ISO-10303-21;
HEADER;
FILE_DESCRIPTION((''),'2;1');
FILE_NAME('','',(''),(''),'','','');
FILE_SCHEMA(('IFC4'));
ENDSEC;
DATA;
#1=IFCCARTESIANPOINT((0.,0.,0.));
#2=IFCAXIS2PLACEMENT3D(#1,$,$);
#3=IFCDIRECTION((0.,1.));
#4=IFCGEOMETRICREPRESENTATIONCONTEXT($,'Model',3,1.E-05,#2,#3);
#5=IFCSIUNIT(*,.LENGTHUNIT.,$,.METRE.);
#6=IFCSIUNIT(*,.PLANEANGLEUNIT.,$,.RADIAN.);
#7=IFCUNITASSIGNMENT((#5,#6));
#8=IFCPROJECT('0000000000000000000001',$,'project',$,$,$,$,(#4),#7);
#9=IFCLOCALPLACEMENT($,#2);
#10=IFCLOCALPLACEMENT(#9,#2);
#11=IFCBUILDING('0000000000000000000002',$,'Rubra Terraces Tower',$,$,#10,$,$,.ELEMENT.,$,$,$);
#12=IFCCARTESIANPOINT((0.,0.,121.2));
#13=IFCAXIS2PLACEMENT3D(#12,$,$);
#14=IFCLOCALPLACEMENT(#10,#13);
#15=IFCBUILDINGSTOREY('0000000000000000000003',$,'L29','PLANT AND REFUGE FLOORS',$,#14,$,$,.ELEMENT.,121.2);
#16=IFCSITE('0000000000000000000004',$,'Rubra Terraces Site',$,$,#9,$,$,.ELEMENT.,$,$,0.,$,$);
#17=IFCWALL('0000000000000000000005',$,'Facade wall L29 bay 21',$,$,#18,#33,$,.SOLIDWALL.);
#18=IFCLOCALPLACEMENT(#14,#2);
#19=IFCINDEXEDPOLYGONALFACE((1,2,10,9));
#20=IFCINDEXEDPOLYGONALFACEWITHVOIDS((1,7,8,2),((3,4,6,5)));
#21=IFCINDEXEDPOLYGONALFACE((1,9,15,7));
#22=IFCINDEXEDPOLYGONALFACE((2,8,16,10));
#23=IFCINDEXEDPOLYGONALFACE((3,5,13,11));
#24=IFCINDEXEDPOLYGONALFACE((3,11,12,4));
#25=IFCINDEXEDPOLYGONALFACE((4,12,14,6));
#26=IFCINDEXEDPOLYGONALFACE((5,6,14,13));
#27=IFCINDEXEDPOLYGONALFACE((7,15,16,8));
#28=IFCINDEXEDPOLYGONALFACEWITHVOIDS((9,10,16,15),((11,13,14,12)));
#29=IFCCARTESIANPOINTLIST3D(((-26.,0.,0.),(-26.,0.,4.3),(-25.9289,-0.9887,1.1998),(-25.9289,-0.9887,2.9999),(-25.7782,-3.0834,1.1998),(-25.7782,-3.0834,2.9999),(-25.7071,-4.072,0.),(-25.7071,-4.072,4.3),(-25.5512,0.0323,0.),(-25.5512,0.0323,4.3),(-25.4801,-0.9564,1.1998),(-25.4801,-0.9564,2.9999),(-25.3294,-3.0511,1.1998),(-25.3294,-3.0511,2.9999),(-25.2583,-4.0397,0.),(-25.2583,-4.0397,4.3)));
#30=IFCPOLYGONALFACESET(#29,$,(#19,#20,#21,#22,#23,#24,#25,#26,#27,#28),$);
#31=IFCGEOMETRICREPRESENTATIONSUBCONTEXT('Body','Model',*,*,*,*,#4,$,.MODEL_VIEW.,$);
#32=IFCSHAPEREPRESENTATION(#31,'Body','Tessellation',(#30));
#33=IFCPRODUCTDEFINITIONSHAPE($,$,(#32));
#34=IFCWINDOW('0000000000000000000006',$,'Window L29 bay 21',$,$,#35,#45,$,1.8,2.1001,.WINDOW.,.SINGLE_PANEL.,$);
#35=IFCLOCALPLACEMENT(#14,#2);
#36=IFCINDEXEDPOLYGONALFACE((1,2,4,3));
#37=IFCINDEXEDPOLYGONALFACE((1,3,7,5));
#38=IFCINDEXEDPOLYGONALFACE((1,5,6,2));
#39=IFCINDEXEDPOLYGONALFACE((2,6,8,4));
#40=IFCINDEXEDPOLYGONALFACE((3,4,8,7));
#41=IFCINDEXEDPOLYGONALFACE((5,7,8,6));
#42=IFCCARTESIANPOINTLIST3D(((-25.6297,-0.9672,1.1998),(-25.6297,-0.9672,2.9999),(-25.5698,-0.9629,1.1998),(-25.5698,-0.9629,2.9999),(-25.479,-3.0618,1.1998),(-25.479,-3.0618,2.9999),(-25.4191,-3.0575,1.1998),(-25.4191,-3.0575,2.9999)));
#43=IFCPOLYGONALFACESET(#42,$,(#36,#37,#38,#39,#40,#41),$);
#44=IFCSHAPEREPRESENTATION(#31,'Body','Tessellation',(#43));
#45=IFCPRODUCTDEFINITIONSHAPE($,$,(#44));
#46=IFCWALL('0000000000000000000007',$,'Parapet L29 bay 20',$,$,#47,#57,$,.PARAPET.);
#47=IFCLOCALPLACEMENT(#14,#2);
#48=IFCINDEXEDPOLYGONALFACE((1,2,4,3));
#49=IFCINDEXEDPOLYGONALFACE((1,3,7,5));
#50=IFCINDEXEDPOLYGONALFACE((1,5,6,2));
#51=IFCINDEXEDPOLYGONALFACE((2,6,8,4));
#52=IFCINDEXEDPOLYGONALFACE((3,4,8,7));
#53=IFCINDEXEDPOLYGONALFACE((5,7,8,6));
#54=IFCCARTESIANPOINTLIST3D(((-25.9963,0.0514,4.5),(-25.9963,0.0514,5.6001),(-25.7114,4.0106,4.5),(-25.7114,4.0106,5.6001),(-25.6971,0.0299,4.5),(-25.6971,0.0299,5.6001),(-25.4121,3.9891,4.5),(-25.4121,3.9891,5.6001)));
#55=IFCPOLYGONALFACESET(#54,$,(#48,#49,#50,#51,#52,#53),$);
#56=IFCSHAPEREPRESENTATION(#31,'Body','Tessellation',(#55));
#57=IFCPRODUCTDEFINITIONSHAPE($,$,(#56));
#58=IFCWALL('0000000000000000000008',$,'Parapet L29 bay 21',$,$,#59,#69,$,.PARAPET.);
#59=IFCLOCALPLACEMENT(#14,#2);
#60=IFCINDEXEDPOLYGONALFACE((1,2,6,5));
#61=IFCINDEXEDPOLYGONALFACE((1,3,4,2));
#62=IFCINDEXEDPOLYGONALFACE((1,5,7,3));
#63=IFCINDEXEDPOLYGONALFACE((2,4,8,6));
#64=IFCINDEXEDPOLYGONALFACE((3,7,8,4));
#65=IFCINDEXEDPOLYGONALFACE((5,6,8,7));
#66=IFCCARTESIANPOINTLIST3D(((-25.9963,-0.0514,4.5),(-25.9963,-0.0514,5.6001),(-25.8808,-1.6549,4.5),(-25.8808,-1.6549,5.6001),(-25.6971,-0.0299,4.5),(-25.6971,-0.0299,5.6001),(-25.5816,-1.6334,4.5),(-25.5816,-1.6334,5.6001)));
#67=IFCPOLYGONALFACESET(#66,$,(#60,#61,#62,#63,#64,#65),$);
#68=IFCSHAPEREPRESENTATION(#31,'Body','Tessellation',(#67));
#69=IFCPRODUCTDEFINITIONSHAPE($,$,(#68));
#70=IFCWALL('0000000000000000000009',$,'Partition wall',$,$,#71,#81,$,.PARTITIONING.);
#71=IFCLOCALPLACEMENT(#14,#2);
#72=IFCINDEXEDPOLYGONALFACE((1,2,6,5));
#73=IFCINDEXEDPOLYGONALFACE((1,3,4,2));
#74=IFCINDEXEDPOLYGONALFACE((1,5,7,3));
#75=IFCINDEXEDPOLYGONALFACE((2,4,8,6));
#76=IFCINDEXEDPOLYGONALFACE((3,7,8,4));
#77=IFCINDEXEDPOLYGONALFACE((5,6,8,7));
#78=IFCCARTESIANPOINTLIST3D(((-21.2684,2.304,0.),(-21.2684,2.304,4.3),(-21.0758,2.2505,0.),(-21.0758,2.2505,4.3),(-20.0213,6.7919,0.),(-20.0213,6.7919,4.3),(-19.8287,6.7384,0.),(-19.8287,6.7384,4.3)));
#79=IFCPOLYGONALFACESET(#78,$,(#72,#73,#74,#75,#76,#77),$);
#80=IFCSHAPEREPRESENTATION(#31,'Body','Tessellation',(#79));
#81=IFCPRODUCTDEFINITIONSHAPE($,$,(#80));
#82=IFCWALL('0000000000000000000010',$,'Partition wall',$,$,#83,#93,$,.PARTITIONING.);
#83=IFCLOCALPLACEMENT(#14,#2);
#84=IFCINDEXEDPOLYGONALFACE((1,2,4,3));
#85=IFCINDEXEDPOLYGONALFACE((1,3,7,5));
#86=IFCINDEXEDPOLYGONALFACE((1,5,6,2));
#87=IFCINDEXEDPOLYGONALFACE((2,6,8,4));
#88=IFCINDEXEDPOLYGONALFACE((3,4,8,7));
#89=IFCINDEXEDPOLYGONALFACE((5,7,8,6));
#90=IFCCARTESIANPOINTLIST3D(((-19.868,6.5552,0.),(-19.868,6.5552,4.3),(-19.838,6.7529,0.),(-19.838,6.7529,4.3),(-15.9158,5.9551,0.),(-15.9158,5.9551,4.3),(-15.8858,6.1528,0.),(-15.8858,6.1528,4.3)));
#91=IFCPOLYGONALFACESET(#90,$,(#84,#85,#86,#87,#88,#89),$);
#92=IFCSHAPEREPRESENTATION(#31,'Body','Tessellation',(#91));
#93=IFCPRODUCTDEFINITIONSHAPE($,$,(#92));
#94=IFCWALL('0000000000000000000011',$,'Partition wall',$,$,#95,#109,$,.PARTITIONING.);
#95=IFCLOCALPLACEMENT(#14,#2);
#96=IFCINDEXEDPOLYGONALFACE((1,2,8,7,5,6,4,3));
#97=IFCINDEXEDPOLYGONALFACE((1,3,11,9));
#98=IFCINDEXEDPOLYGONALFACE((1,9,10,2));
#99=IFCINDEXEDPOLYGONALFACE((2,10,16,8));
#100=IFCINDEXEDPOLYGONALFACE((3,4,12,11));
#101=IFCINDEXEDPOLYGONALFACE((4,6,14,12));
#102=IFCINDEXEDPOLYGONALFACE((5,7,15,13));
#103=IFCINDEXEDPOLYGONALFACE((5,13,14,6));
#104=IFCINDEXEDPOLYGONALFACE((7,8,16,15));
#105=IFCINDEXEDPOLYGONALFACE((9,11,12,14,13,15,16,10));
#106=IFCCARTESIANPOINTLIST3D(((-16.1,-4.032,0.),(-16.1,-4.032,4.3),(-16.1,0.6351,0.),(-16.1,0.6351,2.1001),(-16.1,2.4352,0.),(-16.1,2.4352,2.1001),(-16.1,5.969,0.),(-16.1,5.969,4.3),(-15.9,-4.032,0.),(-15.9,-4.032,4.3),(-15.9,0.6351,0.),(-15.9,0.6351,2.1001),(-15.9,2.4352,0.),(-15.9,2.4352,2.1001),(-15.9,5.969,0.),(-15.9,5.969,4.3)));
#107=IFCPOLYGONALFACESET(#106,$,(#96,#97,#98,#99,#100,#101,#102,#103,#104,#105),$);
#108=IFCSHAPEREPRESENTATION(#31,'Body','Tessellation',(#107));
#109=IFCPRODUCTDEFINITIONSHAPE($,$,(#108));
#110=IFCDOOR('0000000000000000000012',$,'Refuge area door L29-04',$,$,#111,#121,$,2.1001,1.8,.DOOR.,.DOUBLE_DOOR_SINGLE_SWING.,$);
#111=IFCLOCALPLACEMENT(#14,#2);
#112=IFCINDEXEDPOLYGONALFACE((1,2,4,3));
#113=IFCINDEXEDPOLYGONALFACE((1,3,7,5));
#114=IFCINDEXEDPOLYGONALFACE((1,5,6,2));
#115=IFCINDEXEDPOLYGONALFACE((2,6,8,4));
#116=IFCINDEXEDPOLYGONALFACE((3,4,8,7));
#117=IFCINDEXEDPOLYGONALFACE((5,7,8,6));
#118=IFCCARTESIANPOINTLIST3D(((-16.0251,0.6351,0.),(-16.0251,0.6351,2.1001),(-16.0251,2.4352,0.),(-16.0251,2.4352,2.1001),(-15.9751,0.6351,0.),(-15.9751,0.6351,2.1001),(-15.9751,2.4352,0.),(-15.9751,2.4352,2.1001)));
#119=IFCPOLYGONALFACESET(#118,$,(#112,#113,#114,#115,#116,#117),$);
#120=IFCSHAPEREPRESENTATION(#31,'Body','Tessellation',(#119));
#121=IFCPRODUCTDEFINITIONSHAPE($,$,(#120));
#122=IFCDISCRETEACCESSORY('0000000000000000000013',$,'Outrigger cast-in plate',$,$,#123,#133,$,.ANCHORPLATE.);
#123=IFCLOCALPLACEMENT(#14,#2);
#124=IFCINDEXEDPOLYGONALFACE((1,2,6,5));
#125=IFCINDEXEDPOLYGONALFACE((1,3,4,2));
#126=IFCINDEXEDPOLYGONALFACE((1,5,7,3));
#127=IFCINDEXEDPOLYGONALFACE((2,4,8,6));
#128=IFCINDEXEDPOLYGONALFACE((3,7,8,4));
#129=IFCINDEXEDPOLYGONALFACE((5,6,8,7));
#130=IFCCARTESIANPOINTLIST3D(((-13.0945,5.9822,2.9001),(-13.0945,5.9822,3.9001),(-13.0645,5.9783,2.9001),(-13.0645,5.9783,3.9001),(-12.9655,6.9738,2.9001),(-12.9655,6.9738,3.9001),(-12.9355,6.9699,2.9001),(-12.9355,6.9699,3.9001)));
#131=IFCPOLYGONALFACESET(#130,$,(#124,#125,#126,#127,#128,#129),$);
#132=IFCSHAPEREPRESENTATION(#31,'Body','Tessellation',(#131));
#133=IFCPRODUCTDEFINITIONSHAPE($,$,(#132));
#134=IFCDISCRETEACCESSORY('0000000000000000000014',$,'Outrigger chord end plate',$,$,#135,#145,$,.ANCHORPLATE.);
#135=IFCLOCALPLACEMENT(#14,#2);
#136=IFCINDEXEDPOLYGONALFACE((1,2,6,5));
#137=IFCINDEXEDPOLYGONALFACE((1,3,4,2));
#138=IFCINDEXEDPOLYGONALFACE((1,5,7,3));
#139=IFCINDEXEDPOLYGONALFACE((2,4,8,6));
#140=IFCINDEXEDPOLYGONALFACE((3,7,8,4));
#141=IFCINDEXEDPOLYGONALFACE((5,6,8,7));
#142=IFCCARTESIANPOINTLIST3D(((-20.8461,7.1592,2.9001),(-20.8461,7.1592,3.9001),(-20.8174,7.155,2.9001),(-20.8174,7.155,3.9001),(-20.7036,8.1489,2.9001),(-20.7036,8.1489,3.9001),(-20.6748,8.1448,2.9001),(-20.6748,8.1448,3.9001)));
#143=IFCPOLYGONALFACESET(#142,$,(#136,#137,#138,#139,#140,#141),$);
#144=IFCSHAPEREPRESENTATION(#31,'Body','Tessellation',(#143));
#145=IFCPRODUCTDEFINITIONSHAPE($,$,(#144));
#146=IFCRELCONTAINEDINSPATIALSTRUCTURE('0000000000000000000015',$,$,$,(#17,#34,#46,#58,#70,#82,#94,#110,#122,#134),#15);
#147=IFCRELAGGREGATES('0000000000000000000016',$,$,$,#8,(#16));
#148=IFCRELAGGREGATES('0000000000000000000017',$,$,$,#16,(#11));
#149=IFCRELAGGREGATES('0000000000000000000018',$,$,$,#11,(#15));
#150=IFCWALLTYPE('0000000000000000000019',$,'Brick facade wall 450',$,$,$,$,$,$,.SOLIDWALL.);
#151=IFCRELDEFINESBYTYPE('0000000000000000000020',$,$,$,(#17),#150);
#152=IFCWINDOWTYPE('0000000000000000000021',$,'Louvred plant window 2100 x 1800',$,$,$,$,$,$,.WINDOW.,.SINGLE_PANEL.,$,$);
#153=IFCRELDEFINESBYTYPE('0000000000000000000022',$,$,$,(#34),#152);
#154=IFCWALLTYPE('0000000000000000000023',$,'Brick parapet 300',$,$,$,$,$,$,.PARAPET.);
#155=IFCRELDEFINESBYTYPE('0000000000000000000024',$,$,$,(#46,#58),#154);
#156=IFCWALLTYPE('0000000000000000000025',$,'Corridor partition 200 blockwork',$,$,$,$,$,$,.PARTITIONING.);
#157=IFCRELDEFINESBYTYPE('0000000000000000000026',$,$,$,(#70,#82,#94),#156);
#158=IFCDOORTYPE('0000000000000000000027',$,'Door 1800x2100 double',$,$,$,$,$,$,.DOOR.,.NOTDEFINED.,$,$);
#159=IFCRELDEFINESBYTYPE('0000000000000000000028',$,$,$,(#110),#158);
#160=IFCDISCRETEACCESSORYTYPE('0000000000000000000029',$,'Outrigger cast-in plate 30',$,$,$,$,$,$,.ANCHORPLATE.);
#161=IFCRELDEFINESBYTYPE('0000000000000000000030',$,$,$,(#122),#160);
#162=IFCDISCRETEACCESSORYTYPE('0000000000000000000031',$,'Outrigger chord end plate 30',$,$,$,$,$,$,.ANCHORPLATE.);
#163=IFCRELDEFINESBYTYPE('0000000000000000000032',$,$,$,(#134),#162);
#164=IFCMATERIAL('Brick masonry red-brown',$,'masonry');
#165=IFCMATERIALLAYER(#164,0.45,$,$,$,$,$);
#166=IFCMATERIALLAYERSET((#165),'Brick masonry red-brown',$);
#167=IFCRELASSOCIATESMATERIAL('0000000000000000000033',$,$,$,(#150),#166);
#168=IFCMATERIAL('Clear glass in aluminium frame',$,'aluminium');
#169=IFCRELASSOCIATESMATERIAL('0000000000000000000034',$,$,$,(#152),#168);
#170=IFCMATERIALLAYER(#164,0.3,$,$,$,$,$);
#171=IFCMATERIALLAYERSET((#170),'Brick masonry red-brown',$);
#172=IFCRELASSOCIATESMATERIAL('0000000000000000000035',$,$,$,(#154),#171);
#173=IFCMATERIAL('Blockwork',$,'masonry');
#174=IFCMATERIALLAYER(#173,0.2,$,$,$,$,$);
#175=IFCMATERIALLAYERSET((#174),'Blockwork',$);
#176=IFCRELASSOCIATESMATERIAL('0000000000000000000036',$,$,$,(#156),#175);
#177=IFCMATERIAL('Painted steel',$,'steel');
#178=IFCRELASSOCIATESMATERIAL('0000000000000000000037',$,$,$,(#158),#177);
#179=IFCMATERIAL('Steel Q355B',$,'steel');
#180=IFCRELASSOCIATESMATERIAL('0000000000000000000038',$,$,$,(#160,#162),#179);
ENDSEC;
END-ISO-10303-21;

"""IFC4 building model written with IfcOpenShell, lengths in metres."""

from ifc_helpers import new_model, si_unit, direction, frame, frame_2d, origin, origin_2d, place, context, subcontext, project, spatial, rectangle, extrude, material, layer, layer_set, material_profile, profile_set, type_object, element, fill, save


model = new_model("IFC4")

# Units and contexts
model_context = context("Model", 3, precision=1e-05, world=origin(), true_north=direction((0.0, 1.0)))
body_context = subcontext(model_context, "Body", "Model", "MODEL_VIEW")
ifc_project = project(units=[si_unit("LENGTHUNIT", "METRE"), si_unit("PLANEANGLEUNIT", "RADIAN")], contexts=[model_context])

# Site, building, storey
site_placement = place(None, origin())
site = spatial("IfcSite", under=ifc_project, at=site_placement, Name="Rubra Terraces Site", CompositionType="ELEMENT", RefElevation=0.0)
building_placement = place(site_placement, origin())
building = spatial("IfcBuilding", under=site, at=building_placement, Name="Rubra Terraces Tower", CompositionType="ELEMENT")
storey_placement = place(building_placement, frame((0.0, 0.0, 121.2)))
storey = spatial("IfcBuildingStorey", under=building, at=storey_placement, Name="L29", Description="PLANT AND REFUGE FLOORS", CompositionType="ELEMENT", Elevation=121.2)

# Shared definitions
ifc_material_1 = material(Name="Steel Q355B", Category="steel")

# Wall, opening, window
ifc_material_2 = material(Name="Brick masonry red-brown", Category="masonry")
ifc_layer_1 = layer(ifc_material_2, 0.45)
ifc_layer_set_1 = layer_set([ifc_layer_1], Name="Brick masonry red-brown")
wall_type_1 = type_object("IfcWallType", Name="Brick facade wall 450", PredefinedType="SOLIDWALL", material=ifc_layer_set_1)
ifc_material_3 = material(Name="Clear glass in aluminium frame", Category="aluminium")
window_type = type_object("IfcWindowType", Name="Louvred plant window 2100 x 1800", PartitioningType="SINGLE_PANEL", PredefinedType="WINDOW", material=ifc_material_3)
wall_1_placement = place(storey_placement, frame((-25.7756, 0.0161, 0.0), z_axis=(0.0, 0.0, 1.0), x_axis=(0.071761, -0.997422, 0.0)))
wall_1 = element("IfcWall", 1, at=wall_1_placement, inside=storey, type_object=wall_type_1, Name="Facade wall L29 bay 21", PredefinedType="SOLIDWALL", context=body_context, shape_type="SweptSolid", body=[
    extrude(rectangle(XDim=4.0825, YDim=0.45, at=frame_2d((2.0413, 0.0))), origin(), (0.0, 0.0, 1.0), 4.3),
])
opening_1_placement = place(wall_1_placement, frame((0.9912, 0.0, 1.2)))
opening_1 = element("IfcOpeningElement", 2, at=opening_1_placement, cuts=wall_1, PredefinedType="OPENING", context=body_context, shape_type="SweptSolid", body=[
    extrude(rectangle(XDim=2.1001, YDim=1.8, at=frame_2d((1.05, 0.8999))), frame((0.0, 0.2349, 0.0), z_axis=(0.0, -1.0, 0.0), x_axis=(1.0, 0.0, 0.0)), (0.0, 0.0, 1.0), 0.47),
])
window_1_placement = place(opening_1_placement, origin())
window_1 = element("IfcWindow", 3, at=window_1_placement, inside=storey, type_object=window_type, Name="Window L29 bay 21", OverallHeight=1.8, OverallWidth=2.1001, PartitioningType="SINGLE_PANEL", PredefinedType="WINDOW", context=body_context, shape_type="SweptSolid", body=[
    extrude(rectangle(XDim=2.1001, YDim=1.8, at=frame_2d((1.05, 0.8999))), frame((0.0, 0.135, 0.0), z_axis=(0.0, -1.0, 0.0), x_axis=(1.0, 0.0, 0.0)), (0.0, 0.0, 1.0), 0.0601),
])
fill(opening_1, window_1)

# Walls
ifc_layer_2 = layer(ifc_material_2, 0.3)
ifc_layer_set_2 = layer_set([ifc_layer_2], Name="Brick masonry red-brown")
wall_type_2 = type_object("IfcWallType", Name="Brick parapet 300", PredefinedType="PARAPET", material=ifc_layer_set_2)
wall_2_placement = place(storey_placement, frame((-25.5618, 4.0, 4.5), z_axis=(0.0, 0.0, 1.0), x_axis=(-0.071776, -0.997421, 0.0)))
element("IfcWall", 4, at=wall_2_placement, inside=storey, type_object=wall_type_2, Name="Parapet L29 bay 20", PredefinedType="PARAPET", context=body_context, shape_type="SweptSolid", body=[
    extrude(rectangle(XDim=3.9695, YDim=0.3, at=frame_2d((1.9849, 0.0))), origin(), (0.0, 0.0, 1.0), 1.1001),
])
wall_3_placement = place(storey_placement, frame((-25.8467, -0.0408, 4.5), z_axis=(0.0, 0.0, 1.0), x_axis=(0.07183, -0.997417, 0.0)))
element("IfcWall", 5, at=wall_3_placement, inside=storey, type_object=wall_type_2, Name="Parapet L29 bay 21", PredefinedType="PARAPET", context=body_context, shape_type="SweptSolid", body=[
    extrude(rectangle(XDim=1.6077, YDim=0.3, at=frame_2d((0.8037, 0.0))), origin(), (0.0, 0.0, 1.0), 1.1001),
])
ifc_material_4 = material(Name="Blockwork", Category="masonry")
ifc_layer_3 = layer(ifc_material_4, 0.2)
ifc_layer_set_3 = layer_set([ifc_layer_3], Name="Blockwork")
wall_type_3 = type_object("IfcWallType", Name="Corridor partition 200 blockwork", PredefinedType="PARTITIONING", material=ifc_layer_set_3)
wall_4_placement = place(storey_placement, frame((-21.1721, 2.2771, 0.0), z_axis=(0.0, 0.0, 1.0), x_axis=(0.267736, 0.963492, 0.0)))
element("IfcWall", 6, at=wall_4_placement, inside=storey, type_object=wall_type_3, Name="Partition wall", PredefinedType="PARTITIONING", context=body_context, shape_type="SweptSolid", body=[
    extrude(rectangle(XDim=4.658, YDim=0.2, at=frame_2d((2.3291, 0.0))), origin(), (0.0, 0.0, 1.0), 4.3),
])
wall_5_placement = place(storey_placement, frame((-19.853, 6.6541, 0.0), z_axis=(0.0, 0.0, 1.0), x_axis=(0.988668, -0.15012, 0.0)))
element("IfcWall", 7, at=wall_5_placement, inside=storey, type_object=wall_type_3, Name="Partition wall", PredefinedType="PARTITIONING", context=body_context, shape_type="SweptSolid", body=[
    extrude(rectangle(XDim=3.9976, YDim=0.2, at=frame_2d((1.9988, 0.0))), origin(), (0.0, 0.0, 1.0), 4.3),
])

# Wall, opening, door
wall_6_placement = place(storey_placement, frame((-16.0, 5.969, 0.0), z_axis=(0.0, 0.0, 1.0), x_axis=(0.0, -1.0, 0.0)))
wall_6 = element("IfcWall", 8, at=wall_6_placement, inside=storey, type_object=wall_type_3, Name="Partition wall", PredefinedType="PARTITIONING", context=body_context, shape_type="SweptSolid", body=[
    extrude(rectangle(XDim=10.001, YDim=0.2, at=frame_2d((5.0005, 0.0))), origin(), (0.0, 0.0, 1.0), 4.3),
])
opening_2_placement = place(wall_6_placement, frame((3.5339, 0.0, 0.0)))
opening_2 = element("IfcOpeningElement", 9, at=opening_2_placement, cuts=wall_6, PredefinedType="OPENING", context=body_context, shape_type="SweptSolid", body=[
    extrude(rectangle(XDim=1.8, YDim=2.1001, at=frame_2d((0.8999, 1.05))), frame((0.0, 0.1099, 0.0), z_axis=(0.0, -1.0, 0.0), x_axis=(1.0, 0.0, 0.0)), (0.0, 0.0, 1.0), 0.22),
])
ifc_material_5 = material(Name="Painted steel", Category="steel")
door_type = type_object("IfcDoorType", Name="Door 1800x2100 double", OperationType="NOTDEFINED", PredefinedType="DOOR", material=ifc_material_5)
door_placement = place(opening_2_placement, origin())
door = element("IfcDoor", 10, at=door_placement, inside=storey, type_object=door_type, Name="Refuge area door L29-04", OperationType="DOUBLE_DOOR_SINGLE_SWING", OverallHeight=2.1001, OverallWidth=1.8, PredefinedType="DOOR", context=body_context, shape_type="SweptSolid", body=[
    extrude(rectangle(XDim=1.8, YDim=2.1001, at=frame_2d((0.8999, 1.05))), frame((0.0, 0.0249, 0.0), z_axis=(0.0, -1.0, 0.0), x_axis=(1.0, 0.0, 0.0)), (0.0, 0.0, 1.0), 0.05),
])
fill(opening_2, door)

# Discrete accessories
ifc_material_profile_1 = material_profile(ifc_material_1, rectangle(XDim=1.0, YDim=1.0, at=origin_2d()), Name="PL 1000x1000x30")
ifc_profile_set_1 = profile_set([ifc_material_profile_1], Name="Steel Q355B")
discrete_accessory_type_1 = type_object("IfcDiscreteAccessoryType", Name="Outrigger cast-in plate 30", PredefinedType="ANCHORPLATE", material=ifc_profile_set_1)
discrete_accessory_1_placement = place(storey_placement, frame((-13.0, 6.4741, 3.4001), z_axis=(-0.991645, 0.128995, 0.0), x_axis=(-0.128995, -0.991645, 0.0)))
element("IfcDiscreteAccessory", 11, at=discrete_accessory_1_placement, inside=storey, type_object=discrete_accessory_type_1, Name="Outrigger cast-in plate", PredefinedType="ANCHORPLATE", context=body_context, shape_type="SweptSolid", body=[
    extrude(rectangle(XDim=1.0, YDim=1.0, at=origin_2d()), origin(), (0.0, 0.0, 1.0), 0.0303),
])
ifc_material_profile_2 = material_profile(ifc_material_1, rectangle(XDim=1.0, YDim=1.0, at=origin_2d()), Name="PL 1000x1000x30")
ifc_profile_set_2 = profile_set([ifc_material_profile_2], Name="Steel Q355B")
discrete_accessory_type_2 = type_object("IfcDiscreteAccessoryType", Name="Outrigger chord end plate 30", PredefinedType="ANCHORPLATE", material=ifc_profile_set_2)
discrete_accessory_2_placement = place(storey_placement, frame((-20.7461, 7.6499, 3.4001), z_axis=(-0.989781, 0.142596, 0.0), x_axis=(-0.142596, -0.989781, 0.0)))
element("IfcDiscreteAccessory", 12, at=discrete_accessory_2_placement, inside=storey, type_object=discrete_accessory_type_2, Name="Outrigger chord end plate", PredefinedType="ANCHORPLATE", context=body_context, shape_type="SweptSolid", body=[
    extrude(rectangle(XDim=1.0, YDim=1.0, at=origin_2d()), origin(), (0.0, 0.0, 1.0), 0.0291),
])

save(model, "model.ifc")
